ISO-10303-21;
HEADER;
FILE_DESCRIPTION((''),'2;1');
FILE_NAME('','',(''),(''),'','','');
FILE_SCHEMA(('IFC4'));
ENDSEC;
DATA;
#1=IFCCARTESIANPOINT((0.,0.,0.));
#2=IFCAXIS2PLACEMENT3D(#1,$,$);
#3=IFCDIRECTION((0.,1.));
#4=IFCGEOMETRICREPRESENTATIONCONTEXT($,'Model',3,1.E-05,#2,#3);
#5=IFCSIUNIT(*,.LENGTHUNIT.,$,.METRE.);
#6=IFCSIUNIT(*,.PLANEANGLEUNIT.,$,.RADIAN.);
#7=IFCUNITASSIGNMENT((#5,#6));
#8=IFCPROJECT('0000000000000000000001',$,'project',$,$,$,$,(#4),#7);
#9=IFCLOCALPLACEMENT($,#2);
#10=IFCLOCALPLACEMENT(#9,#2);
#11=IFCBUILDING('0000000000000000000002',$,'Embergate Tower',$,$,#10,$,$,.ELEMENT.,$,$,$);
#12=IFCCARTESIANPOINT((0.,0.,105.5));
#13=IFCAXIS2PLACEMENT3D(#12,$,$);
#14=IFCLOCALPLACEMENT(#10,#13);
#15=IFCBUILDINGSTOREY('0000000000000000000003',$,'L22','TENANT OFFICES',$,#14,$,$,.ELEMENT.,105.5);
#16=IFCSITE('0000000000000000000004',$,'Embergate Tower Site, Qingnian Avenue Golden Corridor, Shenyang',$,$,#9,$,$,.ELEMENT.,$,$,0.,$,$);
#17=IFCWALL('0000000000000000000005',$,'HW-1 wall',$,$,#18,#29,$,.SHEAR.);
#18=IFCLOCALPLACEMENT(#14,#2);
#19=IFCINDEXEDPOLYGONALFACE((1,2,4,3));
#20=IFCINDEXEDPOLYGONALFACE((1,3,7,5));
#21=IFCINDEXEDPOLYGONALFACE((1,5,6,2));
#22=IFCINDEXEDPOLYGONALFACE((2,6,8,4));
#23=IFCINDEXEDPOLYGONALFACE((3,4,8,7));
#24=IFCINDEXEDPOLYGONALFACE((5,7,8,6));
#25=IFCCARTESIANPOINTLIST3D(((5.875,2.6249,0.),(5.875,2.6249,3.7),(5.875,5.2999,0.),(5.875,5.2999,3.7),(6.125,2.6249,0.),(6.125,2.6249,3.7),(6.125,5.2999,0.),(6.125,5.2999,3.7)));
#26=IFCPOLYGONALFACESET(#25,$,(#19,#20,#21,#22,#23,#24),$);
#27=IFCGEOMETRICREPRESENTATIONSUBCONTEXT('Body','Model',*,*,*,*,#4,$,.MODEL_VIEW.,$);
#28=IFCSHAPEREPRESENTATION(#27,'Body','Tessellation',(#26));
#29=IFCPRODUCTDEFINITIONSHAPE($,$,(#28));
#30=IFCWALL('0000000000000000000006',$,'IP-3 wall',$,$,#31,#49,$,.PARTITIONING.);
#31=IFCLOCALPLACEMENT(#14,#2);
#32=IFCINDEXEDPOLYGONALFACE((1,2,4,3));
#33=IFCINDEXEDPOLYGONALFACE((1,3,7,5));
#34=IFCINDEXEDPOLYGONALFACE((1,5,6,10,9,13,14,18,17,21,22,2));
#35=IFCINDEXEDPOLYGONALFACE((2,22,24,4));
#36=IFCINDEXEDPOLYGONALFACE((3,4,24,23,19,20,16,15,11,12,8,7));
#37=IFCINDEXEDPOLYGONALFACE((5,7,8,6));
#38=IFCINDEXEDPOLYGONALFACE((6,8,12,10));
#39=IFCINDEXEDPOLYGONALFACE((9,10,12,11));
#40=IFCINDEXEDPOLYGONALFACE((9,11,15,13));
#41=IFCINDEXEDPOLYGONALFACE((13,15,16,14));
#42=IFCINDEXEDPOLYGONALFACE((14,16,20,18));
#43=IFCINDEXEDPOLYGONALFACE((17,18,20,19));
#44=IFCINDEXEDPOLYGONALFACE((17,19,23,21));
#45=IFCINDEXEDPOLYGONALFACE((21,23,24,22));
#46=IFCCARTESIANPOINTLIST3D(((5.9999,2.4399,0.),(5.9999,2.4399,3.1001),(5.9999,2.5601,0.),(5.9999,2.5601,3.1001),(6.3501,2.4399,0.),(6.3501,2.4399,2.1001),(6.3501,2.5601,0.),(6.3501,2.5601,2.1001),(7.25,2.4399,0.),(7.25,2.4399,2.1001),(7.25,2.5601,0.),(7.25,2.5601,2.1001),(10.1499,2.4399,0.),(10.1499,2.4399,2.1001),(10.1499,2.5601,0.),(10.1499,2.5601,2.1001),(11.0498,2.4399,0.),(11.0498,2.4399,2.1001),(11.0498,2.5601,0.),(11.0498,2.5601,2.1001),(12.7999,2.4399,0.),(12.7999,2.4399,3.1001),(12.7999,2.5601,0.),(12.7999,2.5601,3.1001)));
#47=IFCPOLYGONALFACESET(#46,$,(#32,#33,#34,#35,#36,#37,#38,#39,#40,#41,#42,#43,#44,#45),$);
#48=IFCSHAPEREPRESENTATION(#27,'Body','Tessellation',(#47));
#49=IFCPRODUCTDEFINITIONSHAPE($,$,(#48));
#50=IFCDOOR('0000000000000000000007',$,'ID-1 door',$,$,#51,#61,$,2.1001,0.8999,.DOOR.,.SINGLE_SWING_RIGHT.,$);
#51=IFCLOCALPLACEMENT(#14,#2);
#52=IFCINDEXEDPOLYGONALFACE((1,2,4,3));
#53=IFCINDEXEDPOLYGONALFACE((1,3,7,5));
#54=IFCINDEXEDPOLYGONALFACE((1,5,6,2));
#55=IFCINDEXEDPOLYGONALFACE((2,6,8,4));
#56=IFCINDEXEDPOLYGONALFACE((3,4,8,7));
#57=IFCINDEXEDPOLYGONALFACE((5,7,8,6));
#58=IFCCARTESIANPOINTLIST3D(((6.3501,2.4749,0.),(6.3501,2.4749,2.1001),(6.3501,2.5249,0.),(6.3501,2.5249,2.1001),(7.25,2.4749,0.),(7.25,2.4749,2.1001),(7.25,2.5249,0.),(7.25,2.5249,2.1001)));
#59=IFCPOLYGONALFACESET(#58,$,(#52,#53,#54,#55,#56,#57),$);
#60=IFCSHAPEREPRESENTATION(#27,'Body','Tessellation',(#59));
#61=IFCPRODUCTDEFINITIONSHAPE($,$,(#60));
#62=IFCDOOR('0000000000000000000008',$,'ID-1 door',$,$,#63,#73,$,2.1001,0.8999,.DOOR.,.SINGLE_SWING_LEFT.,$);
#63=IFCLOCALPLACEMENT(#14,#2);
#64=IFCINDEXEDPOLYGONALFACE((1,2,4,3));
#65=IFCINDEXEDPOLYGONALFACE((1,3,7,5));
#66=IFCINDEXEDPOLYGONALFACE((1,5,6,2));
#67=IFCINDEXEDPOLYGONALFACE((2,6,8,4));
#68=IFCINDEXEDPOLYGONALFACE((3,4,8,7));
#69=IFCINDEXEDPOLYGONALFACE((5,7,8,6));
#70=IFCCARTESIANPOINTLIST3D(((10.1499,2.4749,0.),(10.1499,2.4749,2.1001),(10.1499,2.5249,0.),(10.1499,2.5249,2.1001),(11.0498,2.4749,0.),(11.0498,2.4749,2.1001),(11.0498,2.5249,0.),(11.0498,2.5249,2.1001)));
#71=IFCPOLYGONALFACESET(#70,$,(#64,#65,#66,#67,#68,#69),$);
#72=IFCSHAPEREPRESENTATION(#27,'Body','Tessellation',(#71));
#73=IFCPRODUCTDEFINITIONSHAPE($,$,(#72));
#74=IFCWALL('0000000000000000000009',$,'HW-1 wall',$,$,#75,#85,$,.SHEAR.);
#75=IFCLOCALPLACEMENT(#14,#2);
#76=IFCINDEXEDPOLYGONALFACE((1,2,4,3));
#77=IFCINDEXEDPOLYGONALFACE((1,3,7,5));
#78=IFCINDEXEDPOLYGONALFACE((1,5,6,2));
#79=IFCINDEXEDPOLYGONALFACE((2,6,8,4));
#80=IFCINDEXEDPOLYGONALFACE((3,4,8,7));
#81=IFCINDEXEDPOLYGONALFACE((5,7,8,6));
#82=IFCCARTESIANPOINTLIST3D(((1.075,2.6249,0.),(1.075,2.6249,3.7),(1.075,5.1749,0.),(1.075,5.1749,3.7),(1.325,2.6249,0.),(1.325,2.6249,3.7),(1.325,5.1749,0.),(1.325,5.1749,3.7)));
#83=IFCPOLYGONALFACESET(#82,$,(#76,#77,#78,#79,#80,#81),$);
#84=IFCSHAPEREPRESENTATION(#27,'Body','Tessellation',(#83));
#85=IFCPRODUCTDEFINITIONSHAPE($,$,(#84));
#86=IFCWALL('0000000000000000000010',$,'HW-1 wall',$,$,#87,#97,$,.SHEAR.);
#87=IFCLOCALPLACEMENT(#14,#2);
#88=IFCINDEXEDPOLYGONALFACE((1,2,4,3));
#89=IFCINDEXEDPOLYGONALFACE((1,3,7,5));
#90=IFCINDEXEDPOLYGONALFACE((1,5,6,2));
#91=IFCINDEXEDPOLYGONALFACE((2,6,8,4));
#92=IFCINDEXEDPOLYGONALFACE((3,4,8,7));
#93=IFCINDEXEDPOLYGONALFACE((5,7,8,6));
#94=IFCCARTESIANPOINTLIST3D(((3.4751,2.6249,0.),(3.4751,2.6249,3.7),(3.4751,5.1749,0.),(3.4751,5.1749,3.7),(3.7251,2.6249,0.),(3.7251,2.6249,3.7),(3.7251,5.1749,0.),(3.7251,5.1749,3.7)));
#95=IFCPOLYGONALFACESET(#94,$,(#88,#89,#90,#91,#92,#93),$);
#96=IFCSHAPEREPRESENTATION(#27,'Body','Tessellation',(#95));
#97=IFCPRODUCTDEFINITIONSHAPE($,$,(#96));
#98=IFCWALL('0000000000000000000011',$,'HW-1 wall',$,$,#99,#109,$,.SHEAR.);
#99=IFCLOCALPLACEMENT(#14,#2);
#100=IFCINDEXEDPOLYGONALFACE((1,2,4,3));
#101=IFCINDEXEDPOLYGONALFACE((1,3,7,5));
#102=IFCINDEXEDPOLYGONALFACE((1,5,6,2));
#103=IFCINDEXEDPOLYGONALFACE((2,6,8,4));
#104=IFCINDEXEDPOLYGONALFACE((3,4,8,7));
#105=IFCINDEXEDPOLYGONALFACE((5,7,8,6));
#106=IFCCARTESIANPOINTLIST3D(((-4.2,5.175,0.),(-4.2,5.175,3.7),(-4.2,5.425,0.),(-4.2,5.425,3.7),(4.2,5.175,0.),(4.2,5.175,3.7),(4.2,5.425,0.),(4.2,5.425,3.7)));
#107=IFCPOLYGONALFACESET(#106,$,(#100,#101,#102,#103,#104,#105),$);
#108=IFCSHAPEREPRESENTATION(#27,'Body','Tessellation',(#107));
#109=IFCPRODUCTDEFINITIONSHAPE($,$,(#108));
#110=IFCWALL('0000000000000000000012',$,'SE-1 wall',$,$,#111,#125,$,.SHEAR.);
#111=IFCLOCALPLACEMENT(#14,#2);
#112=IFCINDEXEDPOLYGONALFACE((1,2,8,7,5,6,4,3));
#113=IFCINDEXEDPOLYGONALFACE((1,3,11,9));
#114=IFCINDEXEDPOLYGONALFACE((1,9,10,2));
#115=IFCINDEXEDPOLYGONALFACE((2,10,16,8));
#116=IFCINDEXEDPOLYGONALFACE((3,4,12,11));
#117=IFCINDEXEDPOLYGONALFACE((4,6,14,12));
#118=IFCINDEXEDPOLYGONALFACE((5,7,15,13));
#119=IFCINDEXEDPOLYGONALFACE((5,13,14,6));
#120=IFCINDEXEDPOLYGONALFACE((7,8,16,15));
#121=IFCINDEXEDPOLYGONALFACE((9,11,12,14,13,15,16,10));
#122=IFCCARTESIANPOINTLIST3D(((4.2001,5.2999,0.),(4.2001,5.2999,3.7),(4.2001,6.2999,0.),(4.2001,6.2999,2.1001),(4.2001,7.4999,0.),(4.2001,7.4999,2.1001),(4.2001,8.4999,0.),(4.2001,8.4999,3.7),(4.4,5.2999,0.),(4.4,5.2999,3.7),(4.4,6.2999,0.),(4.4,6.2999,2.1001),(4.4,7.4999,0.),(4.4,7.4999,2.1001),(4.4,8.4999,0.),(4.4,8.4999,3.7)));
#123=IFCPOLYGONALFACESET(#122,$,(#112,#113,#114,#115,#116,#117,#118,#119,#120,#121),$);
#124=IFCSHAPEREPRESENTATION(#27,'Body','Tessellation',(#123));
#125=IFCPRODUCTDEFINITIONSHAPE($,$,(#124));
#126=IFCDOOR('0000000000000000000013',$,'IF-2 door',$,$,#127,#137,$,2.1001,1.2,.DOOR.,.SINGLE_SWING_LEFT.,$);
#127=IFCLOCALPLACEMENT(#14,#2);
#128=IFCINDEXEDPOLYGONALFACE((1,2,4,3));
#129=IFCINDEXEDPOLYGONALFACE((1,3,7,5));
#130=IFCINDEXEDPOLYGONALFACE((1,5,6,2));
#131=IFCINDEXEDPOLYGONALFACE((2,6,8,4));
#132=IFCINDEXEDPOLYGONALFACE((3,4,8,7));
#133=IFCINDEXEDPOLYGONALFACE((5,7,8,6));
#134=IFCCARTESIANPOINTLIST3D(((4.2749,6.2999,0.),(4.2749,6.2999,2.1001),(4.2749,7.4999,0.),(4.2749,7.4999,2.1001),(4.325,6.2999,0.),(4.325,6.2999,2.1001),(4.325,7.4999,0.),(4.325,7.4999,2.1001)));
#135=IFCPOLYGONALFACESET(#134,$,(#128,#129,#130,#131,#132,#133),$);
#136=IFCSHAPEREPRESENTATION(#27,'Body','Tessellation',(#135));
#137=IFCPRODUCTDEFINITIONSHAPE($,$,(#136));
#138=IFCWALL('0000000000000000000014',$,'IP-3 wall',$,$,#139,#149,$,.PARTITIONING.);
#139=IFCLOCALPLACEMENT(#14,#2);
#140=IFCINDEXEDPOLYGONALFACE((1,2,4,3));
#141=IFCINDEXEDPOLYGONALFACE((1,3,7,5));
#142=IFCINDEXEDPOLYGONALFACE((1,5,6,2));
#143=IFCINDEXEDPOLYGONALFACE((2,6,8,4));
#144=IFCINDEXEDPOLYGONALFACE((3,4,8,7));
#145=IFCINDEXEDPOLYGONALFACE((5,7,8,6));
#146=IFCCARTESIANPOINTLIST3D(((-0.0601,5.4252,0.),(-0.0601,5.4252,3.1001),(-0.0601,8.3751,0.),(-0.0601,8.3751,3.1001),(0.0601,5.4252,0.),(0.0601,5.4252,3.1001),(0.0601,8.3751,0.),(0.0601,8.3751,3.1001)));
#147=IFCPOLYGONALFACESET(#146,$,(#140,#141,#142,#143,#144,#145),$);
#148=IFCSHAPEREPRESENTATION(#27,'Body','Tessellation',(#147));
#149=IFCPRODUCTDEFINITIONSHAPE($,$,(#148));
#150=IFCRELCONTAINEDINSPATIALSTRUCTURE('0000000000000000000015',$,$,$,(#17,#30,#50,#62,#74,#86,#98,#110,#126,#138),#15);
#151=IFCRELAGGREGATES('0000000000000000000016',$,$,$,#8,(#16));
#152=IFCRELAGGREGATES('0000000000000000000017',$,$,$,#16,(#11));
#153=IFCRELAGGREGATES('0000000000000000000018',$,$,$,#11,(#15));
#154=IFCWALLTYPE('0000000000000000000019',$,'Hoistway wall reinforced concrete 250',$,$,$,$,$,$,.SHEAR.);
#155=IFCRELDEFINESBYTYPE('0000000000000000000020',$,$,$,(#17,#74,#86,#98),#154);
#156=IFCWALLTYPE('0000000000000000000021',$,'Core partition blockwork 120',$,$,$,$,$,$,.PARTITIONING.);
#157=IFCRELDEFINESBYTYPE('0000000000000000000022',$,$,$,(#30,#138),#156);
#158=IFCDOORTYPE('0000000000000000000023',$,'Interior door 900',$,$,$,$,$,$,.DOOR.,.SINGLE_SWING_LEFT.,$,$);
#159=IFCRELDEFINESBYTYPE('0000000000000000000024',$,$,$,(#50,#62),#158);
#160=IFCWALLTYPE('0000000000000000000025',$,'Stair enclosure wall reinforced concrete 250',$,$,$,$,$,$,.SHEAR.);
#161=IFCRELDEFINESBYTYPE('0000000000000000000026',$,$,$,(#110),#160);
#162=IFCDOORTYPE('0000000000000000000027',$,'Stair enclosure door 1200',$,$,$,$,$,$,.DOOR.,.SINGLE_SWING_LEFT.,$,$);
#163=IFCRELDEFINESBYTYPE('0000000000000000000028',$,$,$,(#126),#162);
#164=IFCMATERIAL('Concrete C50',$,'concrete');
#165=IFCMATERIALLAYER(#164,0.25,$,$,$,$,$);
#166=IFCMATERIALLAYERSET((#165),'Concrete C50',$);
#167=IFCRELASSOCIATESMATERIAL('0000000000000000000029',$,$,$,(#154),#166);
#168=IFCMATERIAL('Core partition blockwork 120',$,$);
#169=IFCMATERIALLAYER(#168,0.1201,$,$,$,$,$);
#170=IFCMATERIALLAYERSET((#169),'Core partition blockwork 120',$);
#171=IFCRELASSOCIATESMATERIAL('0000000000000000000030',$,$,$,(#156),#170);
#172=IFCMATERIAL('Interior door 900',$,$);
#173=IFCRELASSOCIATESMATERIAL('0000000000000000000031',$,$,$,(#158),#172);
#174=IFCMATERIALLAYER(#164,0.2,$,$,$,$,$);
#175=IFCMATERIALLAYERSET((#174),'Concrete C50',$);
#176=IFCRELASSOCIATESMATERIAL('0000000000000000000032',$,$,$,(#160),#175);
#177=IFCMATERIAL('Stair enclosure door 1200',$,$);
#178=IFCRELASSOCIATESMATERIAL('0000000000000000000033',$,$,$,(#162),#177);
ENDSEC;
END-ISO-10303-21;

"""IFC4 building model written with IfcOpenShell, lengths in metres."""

from ifc_helpers import new_model, si_unit, direction, frame, frame_2d, origin, place, context, subcontext, project, spatial, rectangle, extrude, source, transform, mapped, material, layer, layer_set, type_object, element, fill, save


model = new_model("IFC4")

# Units and contexts
model_context = context("Model", 3, precision=1e-05, world=origin(), true_north=direction((0.0, 1.0)))
body_context = subcontext(model_context, "Body", "Model", "MODEL_VIEW")
ifc_project = project(units=[si_unit("LENGTHUNIT", "METRE"), si_unit("PLANEANGLEUNIT", "RADIAN")], contexts=[model_context])

# Site, building, storey
site_placement = place(None, origin())
site = spatial("IfcSite", under=ifc_project, at=site_placement, Name="Embergate Tower Site, Qingnian Avenue Golden Corridor, Shenyang", CompositionType="ELEMENT", RefElevation=0.0)
building_placement = place(site_placement, origin())
building = spatial("IfcBuilding", under=site, at=building_placement, Name="Embergate Tower", CompositionType="ELEMENT")
storey_placement = place(building_placement, frame((0.0, 0.0, 105.5)))
storey = spatial("IfcBuildingStorey", under=building, at=storey_placement, Name="L22", Description="TENANT OFFICES", CompositionType="ELEMENT", Elevation=105.5)

# Wall
ifc_material_1 = material(Name="Concrete C50", Category="concrete")
ifc_layer_1 = layer(ifc_material_1, 0.25)
ifc_layer_set_1 = layer_set([ifc_layer_1], Name="Concrete C50")
wall_type_1 = type_object("IfcWallType", Name="Hoistway wall reinforced concrete 250", PredefinedType="SHEAR", material=ifc_layer_set_1)
shared_shape_1 = source(origin(), body_context, "Body", "SweptSolid", [
    extrude(rectangle(XDim=2.675, YDim=0.25, at=frame_2d((1.3374, 0.0))), origin(), (0.0, 0.0, 1.0), 3.7),
])
wall_1_placement = place(storey_placement, frame((6.0, 2.625, 0.0), z_axis=(0.0, 0.0, 1.0), x_axis=(0.0, 1.0, 0.0)))
element("IfcWall", 1, at=wall_1_placement, inside=storey, type_object=wall_type_1, Name="HW-1 wall", PredefinedType="SHEAR", context=body_context, shape_type="MappedRepresentation", body=[
    mapped(shared_shape_1, transform((0.0, 0.0, 0.0))),
])

# Wall, openings, doors
ifc_material_2 = material(Name="Core partition blockwork 120")
ifc_layer_2 = layer(ifc_material_2, 0.1201)
ifc_layer_set_2 = layer_set([ifc_layer_2], Name="Core partition blockwork 120")
wall_type_2 = type_object("IfcWallType", Name="Core partition blockwork 120", PredefinedType="PARTITIONING", material=ifc_layer_set_2)
shared_shape_2 = source(origin(), body_context, "Body", "SweptSolid", [
    extrude(rectangle(XDim=6.8, YDim=0.1201, at=frame_2d((3.3999, 0.0))), origin(), (0.0, 0.0, 1.0), 3.1001),
])
wall_2_placement = place(storey_placement, frame((6.0, 2.5, 0.0), z_axis=(0.0, 0.0, 1.0), x_axis=(1.0, 0.0, 0.0)))
wall_2 = element("IfcWall", 2, at=wall_2_placement, inside=storey, type_object=wall_type_2, Name="IP-3 wall", PredefinedType="PARTITIONING", context=body_context, shape_type="MappedRepresentation", body=[
    mapped(shared_shape_2, transform((0.0, 0.0, 0.0))),
])
shared_shape_3 = source(origin(), body_context, "Body", "SweptSolid", [
    extrude(rectangle(XDim=0.8999, YDim=2.1001, at=frame_2d((0.45, 1.05))), frame((0.0, 0.0701, 0.0), z_axis=(0.0, -1.0, 0.0), x_axis=(1.0, 0.0, 0.0)), (0.0, 0.0, 1.0), 0.1401),
])
opening_1_placement = place(wall_2_placement, frame((0.3501, 0.0, 0.0)))
opening_1 = element("IfcOpeningElement", 3, at=opening_1_placement, cuts=wall_2, PredefinedType="OPENING", context=body_context, shape_type="MappedRepresentation", body=[
    mapped(shared_shape_3, transform((0.0, 0.0, 0.0))),
])
opening_2_placement = place(wall_2_placement, frame((4.1499, 0.0, 0.0)))
opening_2 = element("IfcOpeningElement", 4, at=opening_2_placement, cuts=wall_2, PredefinedType="OPENING", context=body_context, shape_type="MappedRepresentation", body=[
    mapped(shared_shape_3, transform((0.0, 0.0, 0.0))),
])
ifc_material_3 = material(Name="Interior door 900")
door_type_1 = type_object("IfcDoorType", Name="Interior door 900", OperationType="SINGLE_SWING_LEFT", PredefinedType="DOOR", material=ifc_material_3)
shared_shape_4 = source(origin(), body_context, "Body", "SweptSolid", [
    extrude(rectangle(XDim=0.8999, YDim=2.1001, at=frame_2d((0.45, 1.05))), frame((0.0, 0.0249, 0.0), z_axis=(0.0, -1.0, 0.0), x_axis=(1.0, 0.0, 0.0)), (0.0, 0.0, 1.0), 0.05),
])
door_1_placement = place(opening_1_placement, origin())
door_1 = element("IfcDoor", 5, at=door_1_placement, inside=storey, type_object=door_type_1, Name="ID-1 door", OperationType="SINGLE_SWING_RIGHT", OverallHeight=2.1001, OverallWidth=0.8999, PredefinedType="DOOR", context=body_context, shape_type="MappedRepresentation", body=[
    mapped(shared_shape_4, transform((0.0, 0.0, 0.0))),
])
fill(opening_1, door_1)
door_2_placement = place(opening_2_placement, origin())
door_2 = element("IfcDoor", 6, at=door_2_placement, inside=storey, type_object=door_type_1, Name="ID-1 door", OperationType="SINGLE_SWING_LEFT", OverallHeight=2.1001, OverallWidth=0.8999, PredefinedType="DOOR", context=body_context, shape_type="MappedRepresentation", body=[
    mapped(shared_shape_4, transform((0.0, 0.0, 0.0))),
])
fill(opening_2, door_2)

# Walls
shared_shape_5 = source(origin(), body_context, "Body", "SweptSolid", [
    extrude(rectangle(XDim=2.55, YDim=0.25, at=frame_2d((1.2749, 0.0))), origin(), (0.0, 0.0, 1.0), 3.7),
])
for number, where, z_axis, x_axis, name in (
    (7, (1.2, 2.625, 0.0), (0.0, 0.0, 1.0), (0.0, 1.0, 0.0), "HW-1 wall"),
    (8, (3.6001, 2.625, 0.0), (0.0, 0.0, 1.0), (0.0, 1.0, 0.0), "HW-1 wall"),
):
    element("IfcWall", number, at=place(storey_placement, frame(where, z_axis=z_axis, x_axis=x_axis)), inside=storey, type_object=wall_type_1, Name=name, PredefinedType="SHEAR", context=body_context, shape_type="MappedRepresentation", body=[
        mapped(shared_shape_5, transform((0.0, 0.0, 0.0))),
    ])
shared_shape_6 = source(origin(), body_context, "Body", "SweptSolid", [
    extrude(rectangle(XDim=8.3999, YDim=0.25, at=frame_2d((4.2, 0.0))), origin(), (0.0, 0.0, 1.0), 3.7),
])
wall_3_placement = place(storey_placement, frame((4.2, 5.3, 0.0), z_axis=(0.0, 0.0, 1.0), x_axis=(-1.0, 0.0, 0.0)))
element("IfcWall", 9, at=wall_3_placement, inside=storey, type_object=wall_type_1, Name="HW-1 wall", PredefinedType="SHEAR", context=body_context, shape_type="MappedRepresentation", body=[
    mapped(shared_shape_6, transform((0.0, 0.0, 0.0))),
])

# Wall, opening, door
ifc_layer_3 = layer(ifc_material_1, 0.2)
ifc_layer_set_3 = layer_set([ifc_layer_3], Name="Concrete C50")
wall_type_3 = type_object("IfcWallType", Name="Stair enclosure wall reinforced concrete 250", PredefinedType="SHEAR", material=ifc_layer_set_3)
shared_shape_7 = source(origin(), body_context, "Body", "SweptSolid", [
    extrude(rectangle(XDim=3.2, YDim=0.2, at=frame_2d((1.6001, 0.0))), origin(), (0.0, 0.0, 1.0), 3.7),
])
wall_4_placement = place(storey_placement, frame((4.3, 8.5, 0.0), z_axis=(0.0, 0.0, 1.0), x_axis=(0.0, -1.0, 0.0)))
wall_4 = element("IfcWall", 10, at=wall_4_placement, inside=storey, type_object=wall_type_3, Name="SE-1 wall", PredefinedType="SHEAR", context=body_context, shape_type="MappedRepresentation", body=[
    mapped(shared_shape_7, transform((0.0, 0.0, 0.0))),
])
shared_shape_8 = source(origin(), body_context, "Body", "SweptSolid", [
    extrude(rectangle(XDim=1.2, YDim=2.1001, at=frame_2d((0.6001, 1.05))), frame((0.0, 0.1099, 0.0), z_axis=(0.0, -1.0, 0.0), x_axis=(1.0, 0.0, 0.0)), (0.0, 0.0, 1.0), 0.22),
])
opening_3_placement = place(wall_4_placement, frame((1.0, 0.0, 0.0)))
opening_3 = element("IfcOpeningElement", 11, at=opening_3_placement, cuts=wall_4, PredefinedType="OPENING", context=body_context, shape_type="MappedRepresentation", body=[
    mapped(shared_shape_8, transform((0.0, 0.0, 0.0))),
])
ifc_material_4 = material(Name="Stair enclosure door 1200")
door_type_2 = type_object("IfcDoorType", Name="Stair enclosure door 1200", OperationType="SINGLE_SWING_LEFT", PredefinedType="DOOR", material=ifc_material_4)
shared_shape_9 = source(origin(), body_context, "Body", "SweptSolid", [
    extrude(rectangle(XDim=1.2, YDim=2.1001, at=frame_2d((0.6001, 1.05))), frame((0.0, 0.0249, 0.0), z_axis=(0.0, -1.0, 0.0), x_axis=(1.0, 0.0, 0.0)), (0.0, 0.0, 1.0), 0.05),
])
door_3_placement = place(opening_3_placement, origin())
door_3 = element("IfcDoor", 12, at=door_3_placement, inside=storey, type_object=door_type_2, Name="IF-2 door", OperationType="SINGLE_SWING_LEFT", OverallHeight=2.1001, OverallWidth=1.2, PredefinedType="DOOR", context=body_context, shape_type="MappedRepresentation", body=[
    mapped(shared_shape_9, transform((0.0, 0.0, 0.0))),
])
fill(opening_3, door_3)

# Wall
shared_shape_10 = source(origin(), body_context, "Body", "SweptSolid", [
    extrude(rectangle(XDim=2.95, YDim=0.1201, at=frame_2d((1.4751, 0.0))), origin(), (0.0, 0.0, 1.0), 3.1001),
])
wall_5_placement = place(storey_placement, frame((0.0, 5.425, 0.0), z_axis=(0.0, 0.0, 1.0), x_axis=(0.0, 1.0, 0.0)))
element("IfcWall", 13, at=wall_5_placement, inside=storey, type_object=wall_type_2, Name="IP-3 wall", PredefinedType="PARTITIONING", context=body_context, shape_type="MappedRepresentation", body=[
    mapped(shared_shape_10, transform((0.0, 0.0, 0.0))),
])

save(model, "model.ifc")
